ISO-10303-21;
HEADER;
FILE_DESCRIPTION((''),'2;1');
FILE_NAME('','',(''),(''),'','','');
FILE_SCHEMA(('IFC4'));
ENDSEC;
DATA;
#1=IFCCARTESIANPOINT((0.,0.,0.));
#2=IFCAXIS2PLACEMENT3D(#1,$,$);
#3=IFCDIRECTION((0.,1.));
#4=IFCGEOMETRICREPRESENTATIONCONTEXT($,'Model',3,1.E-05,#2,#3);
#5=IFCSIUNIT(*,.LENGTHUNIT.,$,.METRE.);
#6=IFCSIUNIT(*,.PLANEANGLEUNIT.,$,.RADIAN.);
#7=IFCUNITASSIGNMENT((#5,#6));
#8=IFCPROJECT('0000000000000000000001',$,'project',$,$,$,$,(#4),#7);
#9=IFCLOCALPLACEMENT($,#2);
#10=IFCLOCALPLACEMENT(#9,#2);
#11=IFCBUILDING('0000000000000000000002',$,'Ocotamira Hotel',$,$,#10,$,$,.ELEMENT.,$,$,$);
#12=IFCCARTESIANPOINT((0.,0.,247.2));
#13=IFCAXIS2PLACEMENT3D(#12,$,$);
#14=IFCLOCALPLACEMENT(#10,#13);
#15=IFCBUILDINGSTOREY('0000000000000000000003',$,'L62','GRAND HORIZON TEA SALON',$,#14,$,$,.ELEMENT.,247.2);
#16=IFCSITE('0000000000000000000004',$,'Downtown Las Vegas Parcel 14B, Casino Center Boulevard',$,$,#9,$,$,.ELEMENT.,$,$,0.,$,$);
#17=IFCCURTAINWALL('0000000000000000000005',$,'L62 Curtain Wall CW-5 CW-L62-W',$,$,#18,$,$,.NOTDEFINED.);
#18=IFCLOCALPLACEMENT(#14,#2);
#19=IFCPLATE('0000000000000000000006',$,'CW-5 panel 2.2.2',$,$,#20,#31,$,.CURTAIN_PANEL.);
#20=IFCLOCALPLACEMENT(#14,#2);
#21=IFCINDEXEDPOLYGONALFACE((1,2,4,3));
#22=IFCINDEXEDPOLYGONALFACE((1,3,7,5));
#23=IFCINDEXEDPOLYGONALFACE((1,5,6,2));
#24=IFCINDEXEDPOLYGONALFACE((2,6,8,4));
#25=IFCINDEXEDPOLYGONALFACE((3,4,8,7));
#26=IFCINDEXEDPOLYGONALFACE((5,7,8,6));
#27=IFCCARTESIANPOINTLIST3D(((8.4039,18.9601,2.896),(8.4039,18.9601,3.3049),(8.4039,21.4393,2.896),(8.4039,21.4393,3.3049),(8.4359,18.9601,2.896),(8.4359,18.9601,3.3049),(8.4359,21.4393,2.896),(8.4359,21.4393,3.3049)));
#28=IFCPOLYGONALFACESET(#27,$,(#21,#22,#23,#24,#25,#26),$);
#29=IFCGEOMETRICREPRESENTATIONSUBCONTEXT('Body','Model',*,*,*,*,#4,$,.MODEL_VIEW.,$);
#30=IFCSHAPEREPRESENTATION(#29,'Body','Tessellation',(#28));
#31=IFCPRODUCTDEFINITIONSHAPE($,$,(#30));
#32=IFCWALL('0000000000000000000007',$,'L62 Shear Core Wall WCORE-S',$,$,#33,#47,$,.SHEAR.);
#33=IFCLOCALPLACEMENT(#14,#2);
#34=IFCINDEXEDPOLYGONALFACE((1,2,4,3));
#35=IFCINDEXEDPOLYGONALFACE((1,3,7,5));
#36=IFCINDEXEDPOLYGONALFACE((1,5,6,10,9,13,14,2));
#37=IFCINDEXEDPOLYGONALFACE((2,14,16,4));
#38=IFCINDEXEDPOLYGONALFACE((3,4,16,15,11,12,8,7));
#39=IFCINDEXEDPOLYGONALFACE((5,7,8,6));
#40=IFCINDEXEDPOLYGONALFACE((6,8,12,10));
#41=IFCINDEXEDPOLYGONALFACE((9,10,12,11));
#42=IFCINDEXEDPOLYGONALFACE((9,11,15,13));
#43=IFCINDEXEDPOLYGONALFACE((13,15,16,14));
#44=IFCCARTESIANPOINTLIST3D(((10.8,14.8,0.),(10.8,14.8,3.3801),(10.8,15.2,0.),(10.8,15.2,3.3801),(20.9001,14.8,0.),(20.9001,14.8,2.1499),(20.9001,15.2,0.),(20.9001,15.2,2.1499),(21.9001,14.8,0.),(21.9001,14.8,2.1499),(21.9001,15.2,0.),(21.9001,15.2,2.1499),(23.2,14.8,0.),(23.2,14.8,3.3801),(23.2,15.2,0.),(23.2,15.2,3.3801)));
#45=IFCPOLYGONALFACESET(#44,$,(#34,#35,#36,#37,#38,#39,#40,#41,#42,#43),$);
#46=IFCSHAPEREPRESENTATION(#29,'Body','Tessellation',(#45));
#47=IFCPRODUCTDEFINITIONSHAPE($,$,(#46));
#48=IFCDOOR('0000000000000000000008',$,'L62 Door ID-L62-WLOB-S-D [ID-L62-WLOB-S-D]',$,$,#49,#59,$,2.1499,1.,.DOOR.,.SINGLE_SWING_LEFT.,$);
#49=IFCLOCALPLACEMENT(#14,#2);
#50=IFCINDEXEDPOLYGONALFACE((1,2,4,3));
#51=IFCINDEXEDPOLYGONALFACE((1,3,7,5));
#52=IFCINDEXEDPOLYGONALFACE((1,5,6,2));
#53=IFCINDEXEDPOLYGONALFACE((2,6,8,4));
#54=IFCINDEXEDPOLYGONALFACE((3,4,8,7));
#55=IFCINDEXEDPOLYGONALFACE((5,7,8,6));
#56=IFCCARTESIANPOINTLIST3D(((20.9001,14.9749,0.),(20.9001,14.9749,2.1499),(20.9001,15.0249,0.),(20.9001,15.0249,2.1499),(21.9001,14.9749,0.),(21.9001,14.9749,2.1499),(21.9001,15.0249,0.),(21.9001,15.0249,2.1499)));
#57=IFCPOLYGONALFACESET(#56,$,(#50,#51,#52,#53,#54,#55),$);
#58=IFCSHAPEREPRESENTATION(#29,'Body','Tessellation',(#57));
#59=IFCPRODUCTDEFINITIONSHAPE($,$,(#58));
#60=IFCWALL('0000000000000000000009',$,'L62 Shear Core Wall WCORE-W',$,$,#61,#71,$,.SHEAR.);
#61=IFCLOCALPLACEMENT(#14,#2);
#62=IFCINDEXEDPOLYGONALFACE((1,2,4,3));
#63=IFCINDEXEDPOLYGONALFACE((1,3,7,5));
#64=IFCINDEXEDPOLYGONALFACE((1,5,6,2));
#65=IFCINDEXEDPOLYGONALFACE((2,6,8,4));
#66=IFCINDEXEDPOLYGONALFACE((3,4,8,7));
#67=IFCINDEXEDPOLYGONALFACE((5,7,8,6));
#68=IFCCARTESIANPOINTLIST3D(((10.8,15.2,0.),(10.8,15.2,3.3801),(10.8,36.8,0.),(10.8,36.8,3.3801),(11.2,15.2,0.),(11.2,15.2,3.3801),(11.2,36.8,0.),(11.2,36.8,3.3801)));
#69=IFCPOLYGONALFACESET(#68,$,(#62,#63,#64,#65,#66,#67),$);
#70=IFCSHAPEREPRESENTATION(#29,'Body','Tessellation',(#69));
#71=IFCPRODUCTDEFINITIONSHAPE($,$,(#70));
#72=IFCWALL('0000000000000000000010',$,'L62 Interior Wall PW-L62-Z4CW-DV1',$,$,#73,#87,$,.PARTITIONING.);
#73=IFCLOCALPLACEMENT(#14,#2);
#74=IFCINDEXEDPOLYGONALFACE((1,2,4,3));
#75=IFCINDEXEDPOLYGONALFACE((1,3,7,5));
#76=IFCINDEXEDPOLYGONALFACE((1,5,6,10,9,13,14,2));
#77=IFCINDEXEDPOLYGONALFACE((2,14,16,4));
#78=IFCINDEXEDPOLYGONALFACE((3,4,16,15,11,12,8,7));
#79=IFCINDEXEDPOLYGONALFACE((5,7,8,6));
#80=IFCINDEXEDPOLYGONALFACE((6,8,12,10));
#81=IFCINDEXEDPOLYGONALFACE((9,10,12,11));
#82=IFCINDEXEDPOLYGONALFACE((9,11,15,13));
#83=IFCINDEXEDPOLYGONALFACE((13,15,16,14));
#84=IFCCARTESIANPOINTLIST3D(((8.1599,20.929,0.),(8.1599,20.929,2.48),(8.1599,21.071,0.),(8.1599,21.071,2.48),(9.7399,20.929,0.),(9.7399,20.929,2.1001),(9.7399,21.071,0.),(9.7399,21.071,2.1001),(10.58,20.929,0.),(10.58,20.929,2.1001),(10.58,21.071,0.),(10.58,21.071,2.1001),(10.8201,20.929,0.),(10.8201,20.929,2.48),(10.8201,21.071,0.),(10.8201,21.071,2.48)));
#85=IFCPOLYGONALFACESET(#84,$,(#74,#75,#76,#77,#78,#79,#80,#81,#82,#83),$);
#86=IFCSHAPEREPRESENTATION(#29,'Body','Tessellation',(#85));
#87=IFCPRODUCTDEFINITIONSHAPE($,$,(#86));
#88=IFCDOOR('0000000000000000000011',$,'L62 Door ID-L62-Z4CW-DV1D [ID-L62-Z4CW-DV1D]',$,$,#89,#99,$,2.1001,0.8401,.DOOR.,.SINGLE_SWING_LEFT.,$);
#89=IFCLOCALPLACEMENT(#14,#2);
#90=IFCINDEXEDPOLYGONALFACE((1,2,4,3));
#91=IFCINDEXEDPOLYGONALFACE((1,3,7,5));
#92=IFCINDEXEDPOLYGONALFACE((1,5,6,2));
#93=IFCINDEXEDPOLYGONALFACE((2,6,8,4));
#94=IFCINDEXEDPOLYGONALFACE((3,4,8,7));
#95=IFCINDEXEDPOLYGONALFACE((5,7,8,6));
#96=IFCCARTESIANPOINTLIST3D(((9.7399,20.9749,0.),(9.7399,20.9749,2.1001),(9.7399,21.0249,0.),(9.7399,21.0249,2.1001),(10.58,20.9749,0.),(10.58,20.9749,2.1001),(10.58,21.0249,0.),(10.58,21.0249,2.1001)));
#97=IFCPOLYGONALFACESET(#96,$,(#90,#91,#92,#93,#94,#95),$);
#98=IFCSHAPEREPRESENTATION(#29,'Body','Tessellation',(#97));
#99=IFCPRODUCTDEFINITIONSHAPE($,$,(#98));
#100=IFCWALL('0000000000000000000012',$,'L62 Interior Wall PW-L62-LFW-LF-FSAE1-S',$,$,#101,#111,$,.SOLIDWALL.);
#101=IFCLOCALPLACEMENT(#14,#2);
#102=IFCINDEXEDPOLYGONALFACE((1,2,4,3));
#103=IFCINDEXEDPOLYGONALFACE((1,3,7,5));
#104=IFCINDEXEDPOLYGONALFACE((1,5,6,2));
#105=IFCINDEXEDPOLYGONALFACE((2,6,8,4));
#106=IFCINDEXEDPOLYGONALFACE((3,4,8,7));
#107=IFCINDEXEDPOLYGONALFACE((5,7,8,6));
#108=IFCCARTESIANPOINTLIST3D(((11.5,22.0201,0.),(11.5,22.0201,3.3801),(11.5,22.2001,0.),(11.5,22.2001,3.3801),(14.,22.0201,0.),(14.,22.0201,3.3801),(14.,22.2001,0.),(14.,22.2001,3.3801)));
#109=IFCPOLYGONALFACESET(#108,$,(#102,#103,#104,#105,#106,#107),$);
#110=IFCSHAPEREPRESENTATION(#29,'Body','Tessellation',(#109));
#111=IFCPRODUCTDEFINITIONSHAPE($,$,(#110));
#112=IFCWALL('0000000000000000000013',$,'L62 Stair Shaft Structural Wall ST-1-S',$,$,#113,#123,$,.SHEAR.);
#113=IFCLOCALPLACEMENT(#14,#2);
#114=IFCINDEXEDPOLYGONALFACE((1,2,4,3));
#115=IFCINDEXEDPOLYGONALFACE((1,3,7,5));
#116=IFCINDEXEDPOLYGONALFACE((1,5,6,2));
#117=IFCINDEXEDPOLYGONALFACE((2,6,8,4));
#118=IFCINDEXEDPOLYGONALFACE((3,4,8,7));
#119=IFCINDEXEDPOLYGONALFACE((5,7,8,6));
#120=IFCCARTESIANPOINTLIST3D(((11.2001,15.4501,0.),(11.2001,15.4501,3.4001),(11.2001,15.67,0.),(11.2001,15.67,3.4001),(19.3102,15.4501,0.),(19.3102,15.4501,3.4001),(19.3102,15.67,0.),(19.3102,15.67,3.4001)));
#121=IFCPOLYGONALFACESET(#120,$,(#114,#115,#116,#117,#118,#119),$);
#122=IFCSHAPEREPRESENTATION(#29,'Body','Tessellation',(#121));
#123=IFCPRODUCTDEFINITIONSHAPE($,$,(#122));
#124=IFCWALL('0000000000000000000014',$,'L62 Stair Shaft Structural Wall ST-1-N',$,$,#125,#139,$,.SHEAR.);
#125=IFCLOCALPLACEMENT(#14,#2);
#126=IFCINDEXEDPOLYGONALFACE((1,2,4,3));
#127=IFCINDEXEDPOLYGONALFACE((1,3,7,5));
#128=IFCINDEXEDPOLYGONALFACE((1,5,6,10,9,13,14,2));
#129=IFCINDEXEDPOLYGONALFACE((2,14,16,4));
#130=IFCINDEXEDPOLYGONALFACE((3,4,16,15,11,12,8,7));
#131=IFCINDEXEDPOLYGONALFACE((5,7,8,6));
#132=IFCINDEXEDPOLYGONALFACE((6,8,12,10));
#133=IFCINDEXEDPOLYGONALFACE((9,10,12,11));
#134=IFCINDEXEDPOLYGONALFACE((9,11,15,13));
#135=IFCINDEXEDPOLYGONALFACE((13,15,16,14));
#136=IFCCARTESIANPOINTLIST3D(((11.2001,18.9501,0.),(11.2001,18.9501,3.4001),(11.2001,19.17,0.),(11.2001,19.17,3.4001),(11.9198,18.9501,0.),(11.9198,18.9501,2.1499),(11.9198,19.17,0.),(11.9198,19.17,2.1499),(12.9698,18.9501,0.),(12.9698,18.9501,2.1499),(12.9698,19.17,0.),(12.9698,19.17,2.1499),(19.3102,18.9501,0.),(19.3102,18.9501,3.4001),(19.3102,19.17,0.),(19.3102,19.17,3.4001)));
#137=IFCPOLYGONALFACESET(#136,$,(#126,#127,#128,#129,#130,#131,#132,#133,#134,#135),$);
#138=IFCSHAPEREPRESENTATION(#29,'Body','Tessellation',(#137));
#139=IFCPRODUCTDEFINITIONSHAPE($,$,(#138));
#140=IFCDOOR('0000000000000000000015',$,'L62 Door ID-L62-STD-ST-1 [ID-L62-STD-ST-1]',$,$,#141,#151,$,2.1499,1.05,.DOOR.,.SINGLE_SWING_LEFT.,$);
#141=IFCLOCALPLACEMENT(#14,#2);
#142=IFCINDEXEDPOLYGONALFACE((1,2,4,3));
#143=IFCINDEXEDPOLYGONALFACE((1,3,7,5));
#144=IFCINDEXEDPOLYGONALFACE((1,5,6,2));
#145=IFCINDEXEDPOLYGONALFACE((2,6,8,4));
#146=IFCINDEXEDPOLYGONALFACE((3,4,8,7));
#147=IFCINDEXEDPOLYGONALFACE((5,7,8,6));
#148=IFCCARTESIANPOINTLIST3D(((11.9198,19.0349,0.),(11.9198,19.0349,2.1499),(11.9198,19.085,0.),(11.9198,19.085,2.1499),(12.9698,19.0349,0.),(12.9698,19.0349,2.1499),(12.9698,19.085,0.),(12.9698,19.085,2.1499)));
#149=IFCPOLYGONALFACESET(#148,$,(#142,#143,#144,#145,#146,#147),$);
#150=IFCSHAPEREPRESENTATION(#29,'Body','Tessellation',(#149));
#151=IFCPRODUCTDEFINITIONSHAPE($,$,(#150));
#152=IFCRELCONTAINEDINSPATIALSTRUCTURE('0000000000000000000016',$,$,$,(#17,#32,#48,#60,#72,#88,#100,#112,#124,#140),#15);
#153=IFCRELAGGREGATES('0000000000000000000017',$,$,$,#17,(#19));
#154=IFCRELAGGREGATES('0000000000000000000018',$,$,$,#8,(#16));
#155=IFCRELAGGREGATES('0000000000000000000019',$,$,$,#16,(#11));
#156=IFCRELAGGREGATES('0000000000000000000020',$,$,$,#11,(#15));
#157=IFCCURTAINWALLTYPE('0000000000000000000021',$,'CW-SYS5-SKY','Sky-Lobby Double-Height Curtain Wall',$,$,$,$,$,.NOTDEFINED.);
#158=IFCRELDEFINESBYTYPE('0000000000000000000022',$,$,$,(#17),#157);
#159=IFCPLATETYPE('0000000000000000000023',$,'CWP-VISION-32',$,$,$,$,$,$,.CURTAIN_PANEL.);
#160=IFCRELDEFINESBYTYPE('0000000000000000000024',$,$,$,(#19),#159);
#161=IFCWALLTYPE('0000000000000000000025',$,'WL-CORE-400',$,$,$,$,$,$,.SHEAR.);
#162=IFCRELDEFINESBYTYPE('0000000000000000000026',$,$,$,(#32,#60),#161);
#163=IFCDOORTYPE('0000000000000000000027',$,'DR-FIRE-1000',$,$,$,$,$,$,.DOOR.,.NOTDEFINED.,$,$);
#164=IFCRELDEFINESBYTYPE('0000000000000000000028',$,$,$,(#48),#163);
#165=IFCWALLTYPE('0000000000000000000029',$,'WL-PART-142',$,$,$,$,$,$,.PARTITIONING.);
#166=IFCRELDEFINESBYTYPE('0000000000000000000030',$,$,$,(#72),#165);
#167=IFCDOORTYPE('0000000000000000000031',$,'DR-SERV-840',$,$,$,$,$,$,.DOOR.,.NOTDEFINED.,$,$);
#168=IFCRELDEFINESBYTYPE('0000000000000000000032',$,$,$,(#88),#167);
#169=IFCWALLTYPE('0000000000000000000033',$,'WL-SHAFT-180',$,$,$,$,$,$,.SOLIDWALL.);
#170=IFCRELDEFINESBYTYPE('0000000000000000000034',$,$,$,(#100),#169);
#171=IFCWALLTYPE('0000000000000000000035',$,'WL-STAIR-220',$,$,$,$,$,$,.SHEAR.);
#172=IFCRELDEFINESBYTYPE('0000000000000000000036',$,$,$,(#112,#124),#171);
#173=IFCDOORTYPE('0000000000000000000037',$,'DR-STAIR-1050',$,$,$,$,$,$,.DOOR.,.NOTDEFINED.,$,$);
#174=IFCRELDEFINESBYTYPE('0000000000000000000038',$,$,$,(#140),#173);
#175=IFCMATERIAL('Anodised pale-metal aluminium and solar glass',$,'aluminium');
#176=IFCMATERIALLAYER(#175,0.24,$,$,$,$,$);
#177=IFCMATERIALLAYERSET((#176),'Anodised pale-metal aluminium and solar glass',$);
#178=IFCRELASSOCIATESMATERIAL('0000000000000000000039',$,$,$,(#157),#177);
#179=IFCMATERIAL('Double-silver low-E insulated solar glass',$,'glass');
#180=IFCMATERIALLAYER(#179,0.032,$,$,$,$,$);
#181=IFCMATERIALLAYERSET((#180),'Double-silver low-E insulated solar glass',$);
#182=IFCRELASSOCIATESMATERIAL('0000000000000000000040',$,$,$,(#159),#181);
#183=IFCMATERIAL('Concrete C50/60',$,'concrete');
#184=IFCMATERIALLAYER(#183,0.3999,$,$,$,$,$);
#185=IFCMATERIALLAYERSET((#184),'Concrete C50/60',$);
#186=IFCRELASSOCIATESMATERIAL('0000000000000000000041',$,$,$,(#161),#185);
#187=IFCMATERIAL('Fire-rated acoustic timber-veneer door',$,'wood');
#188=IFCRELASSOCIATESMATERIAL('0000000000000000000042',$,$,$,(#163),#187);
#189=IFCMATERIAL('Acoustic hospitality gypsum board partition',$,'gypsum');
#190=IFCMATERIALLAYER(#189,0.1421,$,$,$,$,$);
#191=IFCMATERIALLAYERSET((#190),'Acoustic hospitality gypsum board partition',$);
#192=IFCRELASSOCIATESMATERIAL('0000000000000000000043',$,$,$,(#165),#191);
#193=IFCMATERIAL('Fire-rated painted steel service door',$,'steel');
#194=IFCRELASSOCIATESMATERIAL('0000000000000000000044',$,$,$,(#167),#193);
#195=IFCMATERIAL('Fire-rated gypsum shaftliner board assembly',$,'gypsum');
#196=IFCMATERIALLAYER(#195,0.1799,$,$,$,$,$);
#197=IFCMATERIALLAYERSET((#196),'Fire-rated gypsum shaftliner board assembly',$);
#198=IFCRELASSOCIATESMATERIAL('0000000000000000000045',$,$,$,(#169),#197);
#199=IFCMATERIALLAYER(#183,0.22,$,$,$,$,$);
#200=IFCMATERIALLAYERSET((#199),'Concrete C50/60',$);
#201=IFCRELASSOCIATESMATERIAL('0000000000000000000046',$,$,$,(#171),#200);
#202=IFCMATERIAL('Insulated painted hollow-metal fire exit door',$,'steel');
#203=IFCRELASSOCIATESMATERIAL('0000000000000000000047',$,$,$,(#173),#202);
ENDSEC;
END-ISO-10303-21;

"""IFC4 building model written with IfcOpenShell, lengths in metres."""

from ifc_helpers import new_model, si_unit, direction, frame, frame_2d, origin, origin_2d, place, context, subcontext, project, spatial, rectangle, extrude, source, transform, mapped, material, layer, layer_set, type_object, element, fill, aggregate, save


model = new_model("IFC4")

# Units and contexts
model_context = context("Model", 3, precision=1e-05, world=origin(), true_north=direction((0.0, 1.0)))
body_context = subcontext(model_context, "Body", "Model", "MODEL_VIEW")
ifc_project = project(units=[si_unit("LENGTHUNIT", "METRE"), si_unit("PLANEANGLEUNIT", "RADIAN")], contexts=[model_context])

# Site, building, storey
site_placement = place(None, origin())
site = spatial("IfcSite", under=ifc_project, at=site_placement, Name="Downtown Las Vegas Parcel 14B, Casino Center Boulevard", CompositionType="ELEMENT", RefElevation=0.0)
building_placement = place(site_placement, origin())
building = spatial("IfcBuilding", under=site, at=building_placement, Name="Ocotamira Hotel", CompositionType="ELEMENT")
storey_placement = place(building_placement, frame((0.0, 0.0, 247.2)))
storey = spatial("IfcBuildingStorey", under=building, at=storey_placement, Name="L62", Description="GRAND HORIZON TEA SALON", CompositionType="ELEMENT", Elevation=247.2)

# Shared definitions
ifc_material_1 = material(Name="Concrete C50/60", Category="concrete")

# Curtain wall
ifc_material_2 = material(Name="Anodised pale-metal aluminium and solar glass", Category="aluminium")
ifc_layer_1 = layer(ifc_material_2, 0.24)
ifc_layer_set_1 = layer_set([ifc_layer_1], Name="Anodised pale-metal aluminium and solar glass")
curtain_wall_type = type_object("IfcCurtainWallType", Name="CW-SYS5-SKY", Description="Sky-Lobby Double-Height Curtain Wall", PredefinedType="NOTDEFINED", material=ifc_layer_set_1)
curtain_wall_placement = place(storey_placement, origin())
curtain_wall = element("IfcCurtainWall", 1, at=curtain_wall_placement, inside=storey, type_object=curtain_wall_type, Name="L62 Curtain Wall CW-5 CW-L62-W", PredefinedType="NOTDEFINED")

# Plate
ifc_material_3 = material(Name="Double-silver low-E insulated solar glass", Category="glass")
ifc_layer_2 = layer(ifc_material_3, 0.032)
ifc_layer_set_2 = layer_set([ifc_layer_2], Name="Double-silver low-E insulated solar glass")
plate_type_1 = type_object("IfcPlateType", Name="CWP-VISION-32", PredefinedType="CURTAIN_PANEL", material=ifc_layer_set_2)
shared_shape_1 = source(origin(), body_context, "Body", "SweptSolid", [
    extrude(rectangle(XDim=2.4792, YDim=0.032, at=origin_2d()), origin(), (0.0, 0.0, 1.0), 0.4089),
])
plate_1_placement = place(storey_placement, frame((8.4199, 20.1997, 2.896), z_axis=(0.0, 0.0, 1.0), x_axis=(0.0, 1.0, 0.0)))
plate_1 = element("IfcPlate", 2, at=plate_1_placement, type_object=plate_type_1, Name="CW-5 panel 2.2.2", PredefinedType="CURTAIN_PANEL", context=body_context, shape_type="MappedRepresentation", body=[
    mapped(shared_shape_1, transform((0.0, 0.0, 0.0), scale=1.0)),
])
aggregate(curtain_wall, [plate_1])

# Wall, opening, door
ifc_layer_3 = layer(ifc_material_1, 0.3999)
ifc_layer_set_3 = layer_set([ifc_layer_3], Name="Concrete C50/60")
wall_type_1 = type_object("IfcWallType", Name="WL-CORE-400", PredefinedType="SHEAR", material=ifc_layer_set_3)
wall_1_placement = place(storey_placement, frame((10.8, 15.0, 0.0), z_axis=(0.0, 0.0, 1.0), x_axis=(1.0, 0.0, 0.0)))
wall_1 = element("IfcWall", 3, at=wall_1_placement, inside=storey, type_object=wall_type_1, Name="L62 Shear Core Wall WCORE-S", PredefinedType="SHEAR", context=body_context, shape_type="SweptSolid", body=[
    extrude(rectangle(XDim=12.3999, YDim=0.3999, at=frame_2d((6.2, 0.0))), origin(), (0.0, 0.0, 1.0), 3.3801),
])
opening_1_placement = place(wall_1_placement, frame((10.1001, 0.0, 0.0)))
opening_1 = element("IfcOpeningElement", 4, at=opening_1_placement, cuts=wall_1, PredefinedType="OPENING", context=body_context, shape_type="SweptSolid", body=[
    extrude(rectangle(XDim=1.0, YDim=2.1499, at=frame_2d((0.5, 1.075))), frame((0.0, 0.21, 0.0), z_axis=(0.0, -1.0, 0.0), x_axis=(1.0, 0.0, 0.0)), (0.0, 0.0, 1.0), 0.4199),
])
ifc_material_4 = material(Name="Fire-rated acoustic timber-veneer door", Category="wood")
door_type_1 = type_object("IfcDoorType", Name="DR-FIRE-1000", OperationType="NOTDEFINED", PredefinedType="DOOR", material=ifc_material_4)
shared_shape_2 = source(origin(), body_context, "Body", "SweptSolid", [
    extrude(rectangle(XDim=1.0, YDim=2.1499, at=frame_2d((0.5, 1.075))), frame((0.0, 0.0249, 0.0), z_axis=(0.0, -1.0, 0.0), x_axis=(1.0, 0.0, 0.0)), (0.0, 0.0, 1.0), 0.05),
])
door_1_placement = place(opening_1_placement, origin())
door_1 = element("IfcDoor", 5, at=door_1_placement, inside=storey, type_object=door_type_1, Name="L62 Door ID-L62-WLOB-S-D [ID-L62-WLOB-S-D]", OperationType="SINGLE_SWING_LEFT", OverallHeight=2.1499, OverallWidth=1.0, PredefinedType="DOOR", context=body_context, shape_type="MappedRepresentation", body=[
    mapped(shared_shape_2, transform((0.0, 0.0, 0.0), scale=1.0)),
])
fill(opening_1, door_1)

# Wall
wall_2_placement = place(storey_placement, frame((11.0, 15.2, 0.0), z_axis=(0.0, 0.0, 1.0), x_axis=(0.0, 1.0, 0.0)))
element("IfcWall", 6, at=wall_2_placement, inside=storey, type_object=wall_type_1, Name="L62 Shear Core Wall WCORE-W", PredefinedType="SHEAR", context=body_context, shape_type="SweptSolid", body=[
    extrude(rectangle(XDim=21.6001, YDim=0.3999, at=frame_2d((10.8, 0.0))), origin(), (0.0, 0.0, 1.0), 3.3801),
])

# Wall, opening, door
ifc_material_5 = material(Name="Acoustic hospitality gypsum board partition", Category="gypsum")
ifc_layer_4 = layer(ifc_material_5, 0.1421)
ifc_layer_set_4 = layer_set([ifc_layer_4], Name="Acoustic hospitality gypsum board partition")
wall_type_2 = type_object("IfcWallType", Name="WL-PART-142", PredefinedType="PARTITIONING", material=ifc_layer_set_4)
wall_3_placement = place(storey_placement, frame((8.1599, 21.0, 0.0), z_axis=(0.0, 0.0, 1.0), x_axis=(1.0, 0.0, 0.0)))
wall_3 = element("IfcWall", 7, at=wall_3_placement, inside=storey, type_object=wall_type_2, Name="L62 Interior Wall PW-L62-Z4CW-DV1", PredefinedType="PARTITIONING", context=body_context, shape_type="SweptSolid", body=[
    extrude(rectangle(XDim=2.6602, YDim=0.1421, at=frame_2d((1.3301, 0.0))), origin(), (0.0, 0.0, 1.0), 2.48),
])
opening_2_placement = place(wall_3_placement, frame((1.5801, 0.0, 0.0)))
opening_2 = element("IfcOpeningElement", 8, at=opening_2_placement, cuts=wall_3, PredefinedType="OPENING", context=body_context, shape_type="SweptSolid", body=[
    extrude(rectangle(XDim=0.8401, YDim=2.1001, at=frame_2d((0.4199, 1.05))), frame((0.0, 0.0811, 0.0), z_axis=(0.0, -1.0, 0.0), x_axis=(1.0, 0.0, 0.0)), (0.0, 0.0, 1.0), 0.1621),
])
ifc_material_6 = material(Name="Fire-rated painted steel service door", Category="steel")
door_type_2 = type_object("IfcDoorType", Name="DR-SERV-840", OperationType="NOTDEFINED", PredefinedType="DOOR", material=ifc_material_6)
shared_shape_3 = source(origin(), body_context, "Body", "SweptSolid", [
    extrude(rectangle(XDim=0.8401, YDim=2.1001, at=frame_2d((0.4199, 1.05))), frame((0.0, 0.0249, 0.0), z_axis=(0.0, -1.0, 0.0), x_axis=(1.0, 0.0, 0.0)), (0.0, 0.0, 1.0), 0.05),
])
door_2_placement = place(opening_2_placement, origin())
door_2 = element("IfcDoor", 9, at=door_2_placement, inside=storey, type_object=door_type_2, Name="L62 Door ID-L62-Z4CW-DV1D [ID-L62-Z4CW-DV1D]", OperationType="SINGLE_SWING_LEFT", OverallHeight=2.1001, OverallWidth=0.8401, PredefinedType="DOOR", context=body_context, shape_type="MappedRepresentation", body=[
    mapped(shared_shape_3, transform((0.0, 0.0, 0.0), scale=1.0)),
])
fill(opening_2, door_2)

# Walls
ifc_material_7 = material(Name="Fire-rated gypsum shaftliner board assembly", Category="gypsum")
ifc_layer_5 = layer(ifc_material_7, 0.1799)
ifc_layer_set_5 = layer_set([ifc_layer_5], Name="Fire-rated gypsum shaftliner board assembly")
wall_type_3 = type_object("IfcWallType", Name="WL-SHAFT-180", PredefinedType="SOLIDWALL", material=ifc_layer_set_5)
wall_4_placement = place(storey_placement, frame((11.5, 22.1101, 0.0), z_axis=(0.0, 0.0, 1.0), x_axis=(1.0, 0.0, 0.0)))
element("IfcWall", 10, at=wall_4_placement, inside=storey, type_object=wall_type_3, Name="L62 Interior Wall PW-L62-LFW-LF-FSAE1-S", PredefinedType="SOLIDWALL", context=body_context, shape_type="SweptSolid", body=[
    extrude(rectangle(XDim=2.5, YDim=0.1799, at=frame_2d((1.25, 0.0))), origin(), (0.0, 0.0, 1.0), 3.3801),
])
ifc_layer_6 = layer(ifc_material_1, 0.22)
ifc_layer_set_6 = layer_set([ifc_layer_6], Name="Concrete C50/60")
wall_type_4 = type_object("IfcWallType", Name="WL-STAIR-220", PredefinedType="SHEAR", material=ifc_layer_set_6)
wall_5_placement = place(storey_placement, frame((11.2, 15.5601, 0.0), z_axis=(0.0, 0.0, 1.0), x_axis=(1.0, 0.0, 0.0)))
element("IfcWall", 11, at=wall_5_placement, inside=storey, type_object=wall_type_4, Name="L62 Stair Shaft Structural Wall ST-1-S", PredefinedType="SHEAR", context=body_context, shape_type="SweptSolid", body=[
    extrude(rectangle(XDim=8.1101, YDim=0.22, at=frame_2d((4.0552, 0.0))), origin(), (0.0, 0.0, 1.0), 3.4001),
])

# Wall, opening, door
wall_6_placement = place(storey_placement, frame((11.2, 19.0601, 0.0), z_axis=(0.0, 0.0, 1.0), x_axis=(1.0, 0.0, 0.0)))
wall_6 = element("IfcWall", 12, at=wall_6_placement, inside=storey, type_object=wall_type_4, Name="L62 Stair Shaft Structural Wall ST-1-N", PredefinedType="SHEAR", context=body_context, shape_type="SweptSolid", body=[
    extrude(rectangle(XDim=8.1101, YDim=0.22, at=frame_2d((4.0552, 0.0))), origin(), (0.0, 0.0, 1.0), 3.4001),
])
opening_3_placement = place(wall_6_placement, frame((0.72, 0.0, 0.0)))
opening_3 = element("IfcOpeningElement", 13, at=opening_3_placement, cuts=wall_6, PredefinedType="OPENING", context=body_context, shape_type="SweptSolid", body=[
    extrude(rectangle(XDim=1.05, YDim=2.1499, at=frame_2d((0.5249, 1.075))), frame((0.0, 0.1201, 0.0), z_axis=(0.0, -1.0, 0.0), x_axis=(1.0, 0.0, 0.0)), (0.0, 0.0, 1.0), 0.24),
])
ifc_material_8 = material(Name="Insulated painted hollow-metal fire exit door", Category="steel")
door_type_3 = type_object("IfcDoorType", Name="DR-STAIR-1050", OperationType="NOTDEFINED", PredefinedType="DOOR", material=ifc_material_8)
shared_shape_4 = source(origin(), body_context, "Body", "SweptSolid", [
    extrude(rectangle(XDim=1.05, YDim=2.1499, at=frame_2d((0.5249, 1.075))), frame((0.0, 0.0249, 0.0), z_axis=(0.0, -1.0, 0.0), x_axis=(1.0, 0.0, 0.0)), (0.0, 0.0, 1.0), 0.05),
])
door_3_placement = place(opening_3_placement, origin())
door_3 = element("IfcDoor", 14, at=door_3_placement, inside=storey, type_object=door_type_3, Name="L62 Door ID-L62-STD-ST-1 [ID-L62-STD-ST-1]", OperationType="SINGLE_SWING_LEFT", OverallHeight=2.1499, OverallWidth=1.05, PredefinedType="DOOR", context=body_context, shape_type="MappedRepresentation", body=[
    mapped(shared_shape_4, transform((0.0, 0.0, 0.0), scale=1.0)),
])
fill(opening_3, door_3)

save(model, "model.ifc")
